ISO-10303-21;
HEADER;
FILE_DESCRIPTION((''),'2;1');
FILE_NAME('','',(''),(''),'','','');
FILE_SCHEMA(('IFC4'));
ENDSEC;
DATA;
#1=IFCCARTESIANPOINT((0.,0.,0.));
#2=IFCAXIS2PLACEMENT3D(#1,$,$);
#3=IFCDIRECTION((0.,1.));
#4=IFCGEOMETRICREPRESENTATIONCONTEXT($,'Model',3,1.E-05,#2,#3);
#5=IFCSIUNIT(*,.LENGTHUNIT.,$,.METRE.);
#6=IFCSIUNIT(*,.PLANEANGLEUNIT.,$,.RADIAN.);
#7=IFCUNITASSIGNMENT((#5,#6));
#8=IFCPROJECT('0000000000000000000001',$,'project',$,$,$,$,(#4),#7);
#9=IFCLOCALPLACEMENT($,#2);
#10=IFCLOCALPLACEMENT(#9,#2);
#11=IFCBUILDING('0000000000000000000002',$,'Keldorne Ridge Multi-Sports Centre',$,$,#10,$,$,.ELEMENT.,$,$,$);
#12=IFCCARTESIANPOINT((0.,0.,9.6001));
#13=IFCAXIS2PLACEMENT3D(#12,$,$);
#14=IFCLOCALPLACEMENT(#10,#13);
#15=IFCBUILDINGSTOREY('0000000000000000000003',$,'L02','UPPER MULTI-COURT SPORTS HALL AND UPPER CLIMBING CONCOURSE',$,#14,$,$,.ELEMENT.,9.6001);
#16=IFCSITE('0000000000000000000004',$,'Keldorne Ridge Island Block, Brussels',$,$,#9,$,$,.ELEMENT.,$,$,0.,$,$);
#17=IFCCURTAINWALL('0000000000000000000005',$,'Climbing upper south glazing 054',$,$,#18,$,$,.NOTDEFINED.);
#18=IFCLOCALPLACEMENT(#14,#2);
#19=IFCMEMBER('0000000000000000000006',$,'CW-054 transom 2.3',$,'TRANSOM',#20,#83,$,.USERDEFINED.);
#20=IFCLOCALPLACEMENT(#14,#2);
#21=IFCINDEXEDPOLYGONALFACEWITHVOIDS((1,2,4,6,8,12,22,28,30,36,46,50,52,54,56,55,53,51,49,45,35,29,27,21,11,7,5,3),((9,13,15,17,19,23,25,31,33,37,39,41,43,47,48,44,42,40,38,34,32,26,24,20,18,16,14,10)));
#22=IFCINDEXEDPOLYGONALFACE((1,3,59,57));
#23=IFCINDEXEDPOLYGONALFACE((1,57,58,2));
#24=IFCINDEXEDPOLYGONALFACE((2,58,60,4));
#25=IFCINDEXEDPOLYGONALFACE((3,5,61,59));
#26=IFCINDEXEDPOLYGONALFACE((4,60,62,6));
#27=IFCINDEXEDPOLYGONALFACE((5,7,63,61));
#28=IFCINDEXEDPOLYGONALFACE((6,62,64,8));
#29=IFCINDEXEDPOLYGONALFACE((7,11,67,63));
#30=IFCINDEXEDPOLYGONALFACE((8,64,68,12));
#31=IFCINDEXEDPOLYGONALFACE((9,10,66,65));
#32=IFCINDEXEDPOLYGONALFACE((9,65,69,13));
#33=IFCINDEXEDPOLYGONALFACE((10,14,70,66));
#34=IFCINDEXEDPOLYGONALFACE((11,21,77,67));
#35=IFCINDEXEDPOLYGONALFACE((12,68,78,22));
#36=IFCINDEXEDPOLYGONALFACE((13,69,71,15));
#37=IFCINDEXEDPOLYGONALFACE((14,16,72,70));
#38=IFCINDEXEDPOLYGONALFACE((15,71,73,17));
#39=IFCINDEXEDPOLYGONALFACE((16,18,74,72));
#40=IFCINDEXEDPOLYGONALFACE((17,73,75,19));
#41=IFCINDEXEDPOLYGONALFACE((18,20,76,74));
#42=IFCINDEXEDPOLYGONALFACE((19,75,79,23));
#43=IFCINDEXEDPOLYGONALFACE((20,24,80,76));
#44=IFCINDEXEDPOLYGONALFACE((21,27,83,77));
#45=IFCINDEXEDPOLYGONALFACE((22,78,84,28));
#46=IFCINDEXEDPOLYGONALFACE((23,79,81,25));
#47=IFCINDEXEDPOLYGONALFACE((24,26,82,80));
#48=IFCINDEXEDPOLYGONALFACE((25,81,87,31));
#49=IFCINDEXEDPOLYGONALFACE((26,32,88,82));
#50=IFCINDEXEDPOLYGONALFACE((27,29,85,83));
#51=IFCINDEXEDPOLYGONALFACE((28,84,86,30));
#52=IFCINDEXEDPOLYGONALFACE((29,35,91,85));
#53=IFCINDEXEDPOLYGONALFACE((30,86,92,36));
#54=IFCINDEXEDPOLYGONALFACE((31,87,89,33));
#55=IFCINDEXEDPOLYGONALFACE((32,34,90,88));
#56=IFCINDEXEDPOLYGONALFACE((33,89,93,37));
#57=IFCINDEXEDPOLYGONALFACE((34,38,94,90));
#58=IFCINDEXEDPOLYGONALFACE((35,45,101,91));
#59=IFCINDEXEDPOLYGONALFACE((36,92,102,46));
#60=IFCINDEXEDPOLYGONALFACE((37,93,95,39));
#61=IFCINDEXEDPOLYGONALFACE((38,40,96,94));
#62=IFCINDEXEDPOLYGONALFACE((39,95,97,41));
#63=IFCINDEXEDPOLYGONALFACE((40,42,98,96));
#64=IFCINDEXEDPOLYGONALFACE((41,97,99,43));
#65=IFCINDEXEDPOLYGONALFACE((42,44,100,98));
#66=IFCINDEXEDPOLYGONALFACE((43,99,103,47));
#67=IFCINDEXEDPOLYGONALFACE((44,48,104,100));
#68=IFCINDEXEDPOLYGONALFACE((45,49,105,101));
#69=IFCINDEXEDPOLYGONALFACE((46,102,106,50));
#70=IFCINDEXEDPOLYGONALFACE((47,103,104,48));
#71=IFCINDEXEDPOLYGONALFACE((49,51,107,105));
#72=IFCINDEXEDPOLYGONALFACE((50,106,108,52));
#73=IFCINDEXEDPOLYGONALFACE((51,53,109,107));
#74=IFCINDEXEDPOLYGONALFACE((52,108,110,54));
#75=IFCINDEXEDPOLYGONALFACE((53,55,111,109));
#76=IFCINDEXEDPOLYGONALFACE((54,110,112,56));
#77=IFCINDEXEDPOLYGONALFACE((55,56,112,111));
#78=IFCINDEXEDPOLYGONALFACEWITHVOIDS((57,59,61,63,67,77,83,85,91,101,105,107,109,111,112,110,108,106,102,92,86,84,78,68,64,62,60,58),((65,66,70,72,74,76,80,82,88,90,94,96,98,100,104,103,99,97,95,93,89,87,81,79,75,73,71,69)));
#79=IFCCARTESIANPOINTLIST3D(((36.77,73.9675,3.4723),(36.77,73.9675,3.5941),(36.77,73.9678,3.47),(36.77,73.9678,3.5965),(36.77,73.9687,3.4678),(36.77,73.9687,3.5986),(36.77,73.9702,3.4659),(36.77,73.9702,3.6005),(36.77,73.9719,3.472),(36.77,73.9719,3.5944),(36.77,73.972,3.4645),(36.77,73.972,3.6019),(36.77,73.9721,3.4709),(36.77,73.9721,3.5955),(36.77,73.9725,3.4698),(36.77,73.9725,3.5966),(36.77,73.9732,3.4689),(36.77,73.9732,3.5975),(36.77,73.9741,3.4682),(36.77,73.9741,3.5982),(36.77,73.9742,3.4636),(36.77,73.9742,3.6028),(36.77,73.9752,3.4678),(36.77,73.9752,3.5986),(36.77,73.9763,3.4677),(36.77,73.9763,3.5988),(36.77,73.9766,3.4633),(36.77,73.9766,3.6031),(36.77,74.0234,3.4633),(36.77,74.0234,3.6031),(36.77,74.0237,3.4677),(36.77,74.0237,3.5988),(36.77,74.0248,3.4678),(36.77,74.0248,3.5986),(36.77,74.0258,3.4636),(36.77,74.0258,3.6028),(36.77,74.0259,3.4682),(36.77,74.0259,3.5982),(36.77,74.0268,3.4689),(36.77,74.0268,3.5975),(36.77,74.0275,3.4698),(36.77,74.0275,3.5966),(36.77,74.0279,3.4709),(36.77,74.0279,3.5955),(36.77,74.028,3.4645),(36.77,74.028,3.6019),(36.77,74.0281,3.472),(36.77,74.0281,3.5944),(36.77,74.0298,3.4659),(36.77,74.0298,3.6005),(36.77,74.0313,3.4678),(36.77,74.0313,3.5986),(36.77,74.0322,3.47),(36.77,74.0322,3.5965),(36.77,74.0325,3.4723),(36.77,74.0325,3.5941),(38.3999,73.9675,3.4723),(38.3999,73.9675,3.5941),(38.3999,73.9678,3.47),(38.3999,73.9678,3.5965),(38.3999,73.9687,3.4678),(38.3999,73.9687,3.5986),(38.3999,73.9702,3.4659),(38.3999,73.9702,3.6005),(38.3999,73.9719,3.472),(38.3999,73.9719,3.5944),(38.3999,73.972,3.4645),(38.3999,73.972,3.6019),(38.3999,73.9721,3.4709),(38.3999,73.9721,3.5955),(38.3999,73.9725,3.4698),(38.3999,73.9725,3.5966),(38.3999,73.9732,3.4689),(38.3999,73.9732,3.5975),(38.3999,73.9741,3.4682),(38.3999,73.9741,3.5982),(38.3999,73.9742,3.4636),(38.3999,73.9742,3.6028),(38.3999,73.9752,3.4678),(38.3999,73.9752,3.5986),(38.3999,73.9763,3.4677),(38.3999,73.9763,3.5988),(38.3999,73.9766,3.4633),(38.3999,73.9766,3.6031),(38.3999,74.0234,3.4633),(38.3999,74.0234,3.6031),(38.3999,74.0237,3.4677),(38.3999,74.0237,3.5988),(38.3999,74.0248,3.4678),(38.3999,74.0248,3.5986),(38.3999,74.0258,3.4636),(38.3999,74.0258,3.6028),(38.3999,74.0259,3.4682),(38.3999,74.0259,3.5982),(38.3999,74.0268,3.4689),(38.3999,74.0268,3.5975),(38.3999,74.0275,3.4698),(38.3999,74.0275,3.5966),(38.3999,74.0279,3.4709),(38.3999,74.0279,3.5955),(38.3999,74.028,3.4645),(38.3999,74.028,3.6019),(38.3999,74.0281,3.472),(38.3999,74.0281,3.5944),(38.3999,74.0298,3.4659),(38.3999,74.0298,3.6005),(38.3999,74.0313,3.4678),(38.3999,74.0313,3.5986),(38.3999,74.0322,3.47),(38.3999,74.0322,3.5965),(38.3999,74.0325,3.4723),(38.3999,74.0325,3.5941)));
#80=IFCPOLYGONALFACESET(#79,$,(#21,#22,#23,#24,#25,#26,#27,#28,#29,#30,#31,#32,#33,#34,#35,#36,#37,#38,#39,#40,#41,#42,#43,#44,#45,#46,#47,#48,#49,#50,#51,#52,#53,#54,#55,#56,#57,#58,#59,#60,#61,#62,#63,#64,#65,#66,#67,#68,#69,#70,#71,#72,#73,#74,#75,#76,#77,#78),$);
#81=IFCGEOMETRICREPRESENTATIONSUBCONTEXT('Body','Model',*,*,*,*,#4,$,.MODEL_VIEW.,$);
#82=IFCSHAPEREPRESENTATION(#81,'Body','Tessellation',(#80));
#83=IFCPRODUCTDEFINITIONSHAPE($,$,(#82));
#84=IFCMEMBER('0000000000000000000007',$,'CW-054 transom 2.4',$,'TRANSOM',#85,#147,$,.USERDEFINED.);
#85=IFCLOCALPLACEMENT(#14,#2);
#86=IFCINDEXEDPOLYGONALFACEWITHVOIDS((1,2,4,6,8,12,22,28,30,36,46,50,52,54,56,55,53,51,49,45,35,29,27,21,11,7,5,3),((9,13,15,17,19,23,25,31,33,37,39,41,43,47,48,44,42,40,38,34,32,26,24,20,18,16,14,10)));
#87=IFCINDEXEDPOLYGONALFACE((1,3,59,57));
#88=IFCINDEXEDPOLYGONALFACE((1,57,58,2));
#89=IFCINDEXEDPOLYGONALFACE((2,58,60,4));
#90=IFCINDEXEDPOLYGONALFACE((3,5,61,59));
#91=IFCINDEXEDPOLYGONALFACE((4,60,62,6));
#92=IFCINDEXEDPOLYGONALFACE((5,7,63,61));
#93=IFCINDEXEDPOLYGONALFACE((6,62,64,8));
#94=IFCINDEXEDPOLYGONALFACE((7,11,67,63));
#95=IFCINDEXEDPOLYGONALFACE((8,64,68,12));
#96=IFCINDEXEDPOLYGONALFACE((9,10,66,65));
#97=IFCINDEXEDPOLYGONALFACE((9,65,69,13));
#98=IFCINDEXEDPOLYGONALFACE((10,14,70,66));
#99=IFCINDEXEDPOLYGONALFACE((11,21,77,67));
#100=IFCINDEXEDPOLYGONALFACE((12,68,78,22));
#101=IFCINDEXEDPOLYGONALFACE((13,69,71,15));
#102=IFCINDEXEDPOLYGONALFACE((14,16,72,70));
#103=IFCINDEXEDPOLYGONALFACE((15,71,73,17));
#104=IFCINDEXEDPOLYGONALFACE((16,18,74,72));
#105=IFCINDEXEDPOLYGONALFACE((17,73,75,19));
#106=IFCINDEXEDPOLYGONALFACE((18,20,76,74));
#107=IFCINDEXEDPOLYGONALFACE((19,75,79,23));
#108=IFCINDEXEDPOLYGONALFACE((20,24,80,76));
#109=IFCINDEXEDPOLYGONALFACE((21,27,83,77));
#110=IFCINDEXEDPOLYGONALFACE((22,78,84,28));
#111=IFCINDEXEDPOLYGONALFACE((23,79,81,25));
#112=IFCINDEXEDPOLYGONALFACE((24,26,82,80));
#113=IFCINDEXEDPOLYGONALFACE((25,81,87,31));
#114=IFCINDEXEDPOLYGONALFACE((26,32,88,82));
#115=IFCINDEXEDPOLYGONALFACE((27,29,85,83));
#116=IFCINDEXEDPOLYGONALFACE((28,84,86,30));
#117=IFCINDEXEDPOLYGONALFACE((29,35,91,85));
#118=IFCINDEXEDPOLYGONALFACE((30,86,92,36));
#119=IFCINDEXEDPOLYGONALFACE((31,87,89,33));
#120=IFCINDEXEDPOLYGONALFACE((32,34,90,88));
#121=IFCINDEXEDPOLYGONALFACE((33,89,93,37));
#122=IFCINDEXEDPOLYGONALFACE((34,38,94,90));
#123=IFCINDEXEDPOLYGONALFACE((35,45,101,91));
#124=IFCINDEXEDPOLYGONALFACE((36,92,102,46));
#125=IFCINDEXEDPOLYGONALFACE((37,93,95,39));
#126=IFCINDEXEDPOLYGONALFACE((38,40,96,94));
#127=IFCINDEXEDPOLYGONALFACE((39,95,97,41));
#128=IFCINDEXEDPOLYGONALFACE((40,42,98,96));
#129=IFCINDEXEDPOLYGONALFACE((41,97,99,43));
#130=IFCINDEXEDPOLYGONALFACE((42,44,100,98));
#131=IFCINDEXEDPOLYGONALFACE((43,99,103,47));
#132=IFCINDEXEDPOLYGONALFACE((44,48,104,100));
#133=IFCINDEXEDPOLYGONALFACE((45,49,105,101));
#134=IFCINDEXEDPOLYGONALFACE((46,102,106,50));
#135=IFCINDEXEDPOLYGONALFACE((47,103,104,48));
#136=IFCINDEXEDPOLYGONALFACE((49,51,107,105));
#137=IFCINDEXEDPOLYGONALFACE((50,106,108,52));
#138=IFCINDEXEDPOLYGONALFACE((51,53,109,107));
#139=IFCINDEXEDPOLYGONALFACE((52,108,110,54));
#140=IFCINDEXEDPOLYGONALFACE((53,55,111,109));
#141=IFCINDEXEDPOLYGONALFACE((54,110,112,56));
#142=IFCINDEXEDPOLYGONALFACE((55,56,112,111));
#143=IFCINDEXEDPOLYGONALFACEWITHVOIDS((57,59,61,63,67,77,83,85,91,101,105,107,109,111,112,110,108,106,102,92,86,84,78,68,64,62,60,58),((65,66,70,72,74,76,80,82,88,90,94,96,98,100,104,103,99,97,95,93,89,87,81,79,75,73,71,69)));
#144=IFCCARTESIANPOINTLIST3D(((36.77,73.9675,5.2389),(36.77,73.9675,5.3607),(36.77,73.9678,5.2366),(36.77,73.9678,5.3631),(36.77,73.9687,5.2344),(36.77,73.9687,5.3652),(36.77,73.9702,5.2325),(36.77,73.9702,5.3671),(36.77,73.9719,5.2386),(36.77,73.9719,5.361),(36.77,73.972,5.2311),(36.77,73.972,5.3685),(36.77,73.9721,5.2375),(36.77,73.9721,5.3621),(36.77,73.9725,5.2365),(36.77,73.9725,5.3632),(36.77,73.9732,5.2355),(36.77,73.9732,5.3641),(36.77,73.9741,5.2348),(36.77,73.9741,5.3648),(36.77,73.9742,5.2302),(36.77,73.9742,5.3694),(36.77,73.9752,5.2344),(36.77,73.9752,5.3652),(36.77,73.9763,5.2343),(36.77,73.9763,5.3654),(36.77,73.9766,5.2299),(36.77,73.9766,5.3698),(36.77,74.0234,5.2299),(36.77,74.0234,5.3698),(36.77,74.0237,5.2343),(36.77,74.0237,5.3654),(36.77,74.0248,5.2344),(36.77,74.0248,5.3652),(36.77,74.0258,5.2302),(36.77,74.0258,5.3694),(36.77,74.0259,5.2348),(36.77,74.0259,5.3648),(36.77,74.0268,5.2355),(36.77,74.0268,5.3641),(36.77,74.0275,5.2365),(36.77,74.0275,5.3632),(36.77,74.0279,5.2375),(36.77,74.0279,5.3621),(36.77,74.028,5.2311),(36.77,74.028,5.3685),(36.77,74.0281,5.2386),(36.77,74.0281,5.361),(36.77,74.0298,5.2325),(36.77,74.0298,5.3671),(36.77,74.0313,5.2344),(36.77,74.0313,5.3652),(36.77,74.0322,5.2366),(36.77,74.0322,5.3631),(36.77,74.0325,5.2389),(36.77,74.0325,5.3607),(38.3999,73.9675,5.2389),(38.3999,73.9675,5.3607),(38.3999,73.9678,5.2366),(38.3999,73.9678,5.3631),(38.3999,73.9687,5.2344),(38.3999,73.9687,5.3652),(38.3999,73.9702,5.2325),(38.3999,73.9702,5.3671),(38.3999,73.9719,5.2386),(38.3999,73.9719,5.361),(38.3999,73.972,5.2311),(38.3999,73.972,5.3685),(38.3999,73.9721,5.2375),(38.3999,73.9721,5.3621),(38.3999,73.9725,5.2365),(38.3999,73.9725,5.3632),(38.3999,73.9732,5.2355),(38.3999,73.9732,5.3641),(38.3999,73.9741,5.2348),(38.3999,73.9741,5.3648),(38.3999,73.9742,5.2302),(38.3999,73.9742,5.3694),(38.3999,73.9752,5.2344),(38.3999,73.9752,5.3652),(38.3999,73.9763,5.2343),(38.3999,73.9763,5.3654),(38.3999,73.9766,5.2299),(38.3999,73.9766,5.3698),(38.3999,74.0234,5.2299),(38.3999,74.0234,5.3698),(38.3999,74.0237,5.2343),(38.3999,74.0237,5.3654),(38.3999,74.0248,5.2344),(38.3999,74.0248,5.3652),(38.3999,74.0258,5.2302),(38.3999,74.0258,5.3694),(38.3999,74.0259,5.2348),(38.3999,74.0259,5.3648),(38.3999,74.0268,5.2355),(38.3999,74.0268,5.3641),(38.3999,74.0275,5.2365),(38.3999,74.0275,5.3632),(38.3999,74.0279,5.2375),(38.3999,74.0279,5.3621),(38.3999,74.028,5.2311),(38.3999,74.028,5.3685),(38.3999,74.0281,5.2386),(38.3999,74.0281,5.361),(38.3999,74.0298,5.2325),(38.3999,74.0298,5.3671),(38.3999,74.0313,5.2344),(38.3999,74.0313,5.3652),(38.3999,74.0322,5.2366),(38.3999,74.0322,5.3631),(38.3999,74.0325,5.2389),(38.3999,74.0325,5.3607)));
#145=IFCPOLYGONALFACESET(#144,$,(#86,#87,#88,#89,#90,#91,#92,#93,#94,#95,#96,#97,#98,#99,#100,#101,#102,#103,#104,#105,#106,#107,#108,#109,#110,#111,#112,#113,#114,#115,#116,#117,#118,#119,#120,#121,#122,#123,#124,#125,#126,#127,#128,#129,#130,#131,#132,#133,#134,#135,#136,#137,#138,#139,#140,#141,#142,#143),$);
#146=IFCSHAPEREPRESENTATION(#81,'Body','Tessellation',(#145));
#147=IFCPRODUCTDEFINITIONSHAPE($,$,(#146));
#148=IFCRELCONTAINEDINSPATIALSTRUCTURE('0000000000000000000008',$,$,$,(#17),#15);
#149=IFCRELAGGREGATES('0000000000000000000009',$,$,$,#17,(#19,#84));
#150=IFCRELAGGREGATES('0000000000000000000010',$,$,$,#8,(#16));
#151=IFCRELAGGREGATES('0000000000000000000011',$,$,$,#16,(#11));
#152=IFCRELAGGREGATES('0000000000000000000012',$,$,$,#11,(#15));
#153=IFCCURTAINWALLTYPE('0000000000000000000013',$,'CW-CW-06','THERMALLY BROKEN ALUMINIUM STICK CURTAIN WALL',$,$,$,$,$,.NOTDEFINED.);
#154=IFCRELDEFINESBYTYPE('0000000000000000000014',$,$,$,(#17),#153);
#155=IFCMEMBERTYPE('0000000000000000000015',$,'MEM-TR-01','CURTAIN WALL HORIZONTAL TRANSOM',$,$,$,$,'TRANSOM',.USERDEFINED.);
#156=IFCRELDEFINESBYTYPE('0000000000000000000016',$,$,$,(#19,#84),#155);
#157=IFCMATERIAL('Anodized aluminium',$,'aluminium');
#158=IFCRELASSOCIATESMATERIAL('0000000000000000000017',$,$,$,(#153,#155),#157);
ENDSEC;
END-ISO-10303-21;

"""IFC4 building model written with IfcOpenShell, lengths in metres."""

from ifc_helpers import new_model, si_unit, direction, frame, origin, origin_2d, place, context, subcontext, project, spatial, hollow_rectangle, extrude, material, material_profile, profile_set, type_object, element, aggregate, save


model = new_model("IFC4")

# Units and contexts
model_context = context("Model", 3, precision=1e-05, world=origin(), true_north=direction((0.0, 1.0)))
body_context = subcontext(model_context, "Body", "Model", "MODEL_VIEW")
ifc_project = project(units=[si_unit("LENGTHUNIT", "METRE"), si_unit("PLANEANGLEUNIT", "RADIAN")], contexts=[model_context])

# Site, building, storey
site_placement = place(None, origin())
site = spatial("IfcSite", under=ifc_project, at=site_placement, Name="Keldorne Ridge Island Block, Brussels", CompositionType="ELEMENT", RefElevation=0.0)
building_placement = place(site_placement, origin())
building = spatial("IfcBuilding", under=site, at=building_placement, Name="Keldorne Ridge Multi-Sports Centre", CompositionType="ELEMENT")
storey_placement = place(building_placement, frame((0.0, 0.0, 9.6001)))
storey = spatial("IfcBuildingStorey", under=building, at=storey_placement, Name="L02", Description="UPPER MULTI-COURT SPORTS HALL AND UPPER CLIMBING CONCOURSE", CompositionType="ELEMENT", Elevation=9.6001)

# Curtain wall, members
ifc_material_1 = material(Name="Anodized aluminium", Category="aluminium")
curtain_wall_type_1 = type_object("IfcCurtainWallType", Name="CW-CW-06", Description="THERMALLY BROKEN ALUMINIUM STICK CURTAIN WALL", PredefinedType="NOTDEFINED", material=ifc_material_1)
curtain_wall_1_placement = place(storey_placement, origin())
curtain_wall_1 = element("IfcCurtainWall", 1, at=curtain_wall_1_placement, inside=storey, type_object=curtain_wall_type_1, Name="Climbing upper south glazing 054", PredefinedType="NOTDEFINED")
ifc_material_profile_1 = material_profile(ifc_material_1, hollow_rectangle(XDim=0.0649, YDim=0.1399, WallThickness=0.0044, InnerFilletRadius=0.0044, OuterFilletRadius=0.009, at=origin_2d()), Name="ALU TRANSOM 140x65x4.5")
ifc_profile_set_1 = profile_set([ifc_material_profile_1], Name="Anodized aluminium")
member_type_1 = type_object("IfcMemberType", Name="MEM-TR-01", Description="CURTAIN WALL HORIZONTAL TRANSOM", ElementType="TRANSOM", PredefinedType="USERDEFINED", material=ifc_profile_set_1)
member_1_placement = place(storey_placement, frame((36.77, 74.0, 3.5332), z_axis=(1.0, 0.0, 0.0), x_axis=(0.0, 1.0, 0.0)))
member_1 = element("IfcMember", 2, at=member_1_placement, type_object=member_type_1, Name="CW-054 transom 2.3", ObjectType="TRANSOM", PredefinedType="USERDEFINED", context=body_context, shape_type="SweptSolid", body=[
    extrude(hollow_rectangle(XDim=0.0649, YDim=0.1399, WallThickness=0.0044, InnerFilletRadius=0.0044, OuterFilletRadius=0.009, at=origin_2d()), origin(), (0.0, 0.0, 1.0), 1.6299),
])
member_2_placement = place(storey_placement, frame((36.77, 74.0, 5.2998), z_axis=(1.0, 0.0, 0.0), x_axis=(0.0, 1.0, 0.0)))
member_2 = element("IfcMember", 3, at=member_2_placement, type_object=member_type_1, Name="CW-054 transom 2.4", ObjectType="TRANSOM", PredefinedType="USERDEFINED", context=body_context, shape_type="SweptSolid", body=[
    extrude(hollow_rectangle(XDim=0.0649, YDim=0.1399, WallThickness=0.0044, InnerFilletRadius=0.0044, OuterFilletRadius=0.009, at=origin_2d()), origin(), (0.0, 0.0, 1.0), 1.6299),
])

aggregate(curtain_wall_1, [member_1, member_2])

save(model, "model.ifc")
